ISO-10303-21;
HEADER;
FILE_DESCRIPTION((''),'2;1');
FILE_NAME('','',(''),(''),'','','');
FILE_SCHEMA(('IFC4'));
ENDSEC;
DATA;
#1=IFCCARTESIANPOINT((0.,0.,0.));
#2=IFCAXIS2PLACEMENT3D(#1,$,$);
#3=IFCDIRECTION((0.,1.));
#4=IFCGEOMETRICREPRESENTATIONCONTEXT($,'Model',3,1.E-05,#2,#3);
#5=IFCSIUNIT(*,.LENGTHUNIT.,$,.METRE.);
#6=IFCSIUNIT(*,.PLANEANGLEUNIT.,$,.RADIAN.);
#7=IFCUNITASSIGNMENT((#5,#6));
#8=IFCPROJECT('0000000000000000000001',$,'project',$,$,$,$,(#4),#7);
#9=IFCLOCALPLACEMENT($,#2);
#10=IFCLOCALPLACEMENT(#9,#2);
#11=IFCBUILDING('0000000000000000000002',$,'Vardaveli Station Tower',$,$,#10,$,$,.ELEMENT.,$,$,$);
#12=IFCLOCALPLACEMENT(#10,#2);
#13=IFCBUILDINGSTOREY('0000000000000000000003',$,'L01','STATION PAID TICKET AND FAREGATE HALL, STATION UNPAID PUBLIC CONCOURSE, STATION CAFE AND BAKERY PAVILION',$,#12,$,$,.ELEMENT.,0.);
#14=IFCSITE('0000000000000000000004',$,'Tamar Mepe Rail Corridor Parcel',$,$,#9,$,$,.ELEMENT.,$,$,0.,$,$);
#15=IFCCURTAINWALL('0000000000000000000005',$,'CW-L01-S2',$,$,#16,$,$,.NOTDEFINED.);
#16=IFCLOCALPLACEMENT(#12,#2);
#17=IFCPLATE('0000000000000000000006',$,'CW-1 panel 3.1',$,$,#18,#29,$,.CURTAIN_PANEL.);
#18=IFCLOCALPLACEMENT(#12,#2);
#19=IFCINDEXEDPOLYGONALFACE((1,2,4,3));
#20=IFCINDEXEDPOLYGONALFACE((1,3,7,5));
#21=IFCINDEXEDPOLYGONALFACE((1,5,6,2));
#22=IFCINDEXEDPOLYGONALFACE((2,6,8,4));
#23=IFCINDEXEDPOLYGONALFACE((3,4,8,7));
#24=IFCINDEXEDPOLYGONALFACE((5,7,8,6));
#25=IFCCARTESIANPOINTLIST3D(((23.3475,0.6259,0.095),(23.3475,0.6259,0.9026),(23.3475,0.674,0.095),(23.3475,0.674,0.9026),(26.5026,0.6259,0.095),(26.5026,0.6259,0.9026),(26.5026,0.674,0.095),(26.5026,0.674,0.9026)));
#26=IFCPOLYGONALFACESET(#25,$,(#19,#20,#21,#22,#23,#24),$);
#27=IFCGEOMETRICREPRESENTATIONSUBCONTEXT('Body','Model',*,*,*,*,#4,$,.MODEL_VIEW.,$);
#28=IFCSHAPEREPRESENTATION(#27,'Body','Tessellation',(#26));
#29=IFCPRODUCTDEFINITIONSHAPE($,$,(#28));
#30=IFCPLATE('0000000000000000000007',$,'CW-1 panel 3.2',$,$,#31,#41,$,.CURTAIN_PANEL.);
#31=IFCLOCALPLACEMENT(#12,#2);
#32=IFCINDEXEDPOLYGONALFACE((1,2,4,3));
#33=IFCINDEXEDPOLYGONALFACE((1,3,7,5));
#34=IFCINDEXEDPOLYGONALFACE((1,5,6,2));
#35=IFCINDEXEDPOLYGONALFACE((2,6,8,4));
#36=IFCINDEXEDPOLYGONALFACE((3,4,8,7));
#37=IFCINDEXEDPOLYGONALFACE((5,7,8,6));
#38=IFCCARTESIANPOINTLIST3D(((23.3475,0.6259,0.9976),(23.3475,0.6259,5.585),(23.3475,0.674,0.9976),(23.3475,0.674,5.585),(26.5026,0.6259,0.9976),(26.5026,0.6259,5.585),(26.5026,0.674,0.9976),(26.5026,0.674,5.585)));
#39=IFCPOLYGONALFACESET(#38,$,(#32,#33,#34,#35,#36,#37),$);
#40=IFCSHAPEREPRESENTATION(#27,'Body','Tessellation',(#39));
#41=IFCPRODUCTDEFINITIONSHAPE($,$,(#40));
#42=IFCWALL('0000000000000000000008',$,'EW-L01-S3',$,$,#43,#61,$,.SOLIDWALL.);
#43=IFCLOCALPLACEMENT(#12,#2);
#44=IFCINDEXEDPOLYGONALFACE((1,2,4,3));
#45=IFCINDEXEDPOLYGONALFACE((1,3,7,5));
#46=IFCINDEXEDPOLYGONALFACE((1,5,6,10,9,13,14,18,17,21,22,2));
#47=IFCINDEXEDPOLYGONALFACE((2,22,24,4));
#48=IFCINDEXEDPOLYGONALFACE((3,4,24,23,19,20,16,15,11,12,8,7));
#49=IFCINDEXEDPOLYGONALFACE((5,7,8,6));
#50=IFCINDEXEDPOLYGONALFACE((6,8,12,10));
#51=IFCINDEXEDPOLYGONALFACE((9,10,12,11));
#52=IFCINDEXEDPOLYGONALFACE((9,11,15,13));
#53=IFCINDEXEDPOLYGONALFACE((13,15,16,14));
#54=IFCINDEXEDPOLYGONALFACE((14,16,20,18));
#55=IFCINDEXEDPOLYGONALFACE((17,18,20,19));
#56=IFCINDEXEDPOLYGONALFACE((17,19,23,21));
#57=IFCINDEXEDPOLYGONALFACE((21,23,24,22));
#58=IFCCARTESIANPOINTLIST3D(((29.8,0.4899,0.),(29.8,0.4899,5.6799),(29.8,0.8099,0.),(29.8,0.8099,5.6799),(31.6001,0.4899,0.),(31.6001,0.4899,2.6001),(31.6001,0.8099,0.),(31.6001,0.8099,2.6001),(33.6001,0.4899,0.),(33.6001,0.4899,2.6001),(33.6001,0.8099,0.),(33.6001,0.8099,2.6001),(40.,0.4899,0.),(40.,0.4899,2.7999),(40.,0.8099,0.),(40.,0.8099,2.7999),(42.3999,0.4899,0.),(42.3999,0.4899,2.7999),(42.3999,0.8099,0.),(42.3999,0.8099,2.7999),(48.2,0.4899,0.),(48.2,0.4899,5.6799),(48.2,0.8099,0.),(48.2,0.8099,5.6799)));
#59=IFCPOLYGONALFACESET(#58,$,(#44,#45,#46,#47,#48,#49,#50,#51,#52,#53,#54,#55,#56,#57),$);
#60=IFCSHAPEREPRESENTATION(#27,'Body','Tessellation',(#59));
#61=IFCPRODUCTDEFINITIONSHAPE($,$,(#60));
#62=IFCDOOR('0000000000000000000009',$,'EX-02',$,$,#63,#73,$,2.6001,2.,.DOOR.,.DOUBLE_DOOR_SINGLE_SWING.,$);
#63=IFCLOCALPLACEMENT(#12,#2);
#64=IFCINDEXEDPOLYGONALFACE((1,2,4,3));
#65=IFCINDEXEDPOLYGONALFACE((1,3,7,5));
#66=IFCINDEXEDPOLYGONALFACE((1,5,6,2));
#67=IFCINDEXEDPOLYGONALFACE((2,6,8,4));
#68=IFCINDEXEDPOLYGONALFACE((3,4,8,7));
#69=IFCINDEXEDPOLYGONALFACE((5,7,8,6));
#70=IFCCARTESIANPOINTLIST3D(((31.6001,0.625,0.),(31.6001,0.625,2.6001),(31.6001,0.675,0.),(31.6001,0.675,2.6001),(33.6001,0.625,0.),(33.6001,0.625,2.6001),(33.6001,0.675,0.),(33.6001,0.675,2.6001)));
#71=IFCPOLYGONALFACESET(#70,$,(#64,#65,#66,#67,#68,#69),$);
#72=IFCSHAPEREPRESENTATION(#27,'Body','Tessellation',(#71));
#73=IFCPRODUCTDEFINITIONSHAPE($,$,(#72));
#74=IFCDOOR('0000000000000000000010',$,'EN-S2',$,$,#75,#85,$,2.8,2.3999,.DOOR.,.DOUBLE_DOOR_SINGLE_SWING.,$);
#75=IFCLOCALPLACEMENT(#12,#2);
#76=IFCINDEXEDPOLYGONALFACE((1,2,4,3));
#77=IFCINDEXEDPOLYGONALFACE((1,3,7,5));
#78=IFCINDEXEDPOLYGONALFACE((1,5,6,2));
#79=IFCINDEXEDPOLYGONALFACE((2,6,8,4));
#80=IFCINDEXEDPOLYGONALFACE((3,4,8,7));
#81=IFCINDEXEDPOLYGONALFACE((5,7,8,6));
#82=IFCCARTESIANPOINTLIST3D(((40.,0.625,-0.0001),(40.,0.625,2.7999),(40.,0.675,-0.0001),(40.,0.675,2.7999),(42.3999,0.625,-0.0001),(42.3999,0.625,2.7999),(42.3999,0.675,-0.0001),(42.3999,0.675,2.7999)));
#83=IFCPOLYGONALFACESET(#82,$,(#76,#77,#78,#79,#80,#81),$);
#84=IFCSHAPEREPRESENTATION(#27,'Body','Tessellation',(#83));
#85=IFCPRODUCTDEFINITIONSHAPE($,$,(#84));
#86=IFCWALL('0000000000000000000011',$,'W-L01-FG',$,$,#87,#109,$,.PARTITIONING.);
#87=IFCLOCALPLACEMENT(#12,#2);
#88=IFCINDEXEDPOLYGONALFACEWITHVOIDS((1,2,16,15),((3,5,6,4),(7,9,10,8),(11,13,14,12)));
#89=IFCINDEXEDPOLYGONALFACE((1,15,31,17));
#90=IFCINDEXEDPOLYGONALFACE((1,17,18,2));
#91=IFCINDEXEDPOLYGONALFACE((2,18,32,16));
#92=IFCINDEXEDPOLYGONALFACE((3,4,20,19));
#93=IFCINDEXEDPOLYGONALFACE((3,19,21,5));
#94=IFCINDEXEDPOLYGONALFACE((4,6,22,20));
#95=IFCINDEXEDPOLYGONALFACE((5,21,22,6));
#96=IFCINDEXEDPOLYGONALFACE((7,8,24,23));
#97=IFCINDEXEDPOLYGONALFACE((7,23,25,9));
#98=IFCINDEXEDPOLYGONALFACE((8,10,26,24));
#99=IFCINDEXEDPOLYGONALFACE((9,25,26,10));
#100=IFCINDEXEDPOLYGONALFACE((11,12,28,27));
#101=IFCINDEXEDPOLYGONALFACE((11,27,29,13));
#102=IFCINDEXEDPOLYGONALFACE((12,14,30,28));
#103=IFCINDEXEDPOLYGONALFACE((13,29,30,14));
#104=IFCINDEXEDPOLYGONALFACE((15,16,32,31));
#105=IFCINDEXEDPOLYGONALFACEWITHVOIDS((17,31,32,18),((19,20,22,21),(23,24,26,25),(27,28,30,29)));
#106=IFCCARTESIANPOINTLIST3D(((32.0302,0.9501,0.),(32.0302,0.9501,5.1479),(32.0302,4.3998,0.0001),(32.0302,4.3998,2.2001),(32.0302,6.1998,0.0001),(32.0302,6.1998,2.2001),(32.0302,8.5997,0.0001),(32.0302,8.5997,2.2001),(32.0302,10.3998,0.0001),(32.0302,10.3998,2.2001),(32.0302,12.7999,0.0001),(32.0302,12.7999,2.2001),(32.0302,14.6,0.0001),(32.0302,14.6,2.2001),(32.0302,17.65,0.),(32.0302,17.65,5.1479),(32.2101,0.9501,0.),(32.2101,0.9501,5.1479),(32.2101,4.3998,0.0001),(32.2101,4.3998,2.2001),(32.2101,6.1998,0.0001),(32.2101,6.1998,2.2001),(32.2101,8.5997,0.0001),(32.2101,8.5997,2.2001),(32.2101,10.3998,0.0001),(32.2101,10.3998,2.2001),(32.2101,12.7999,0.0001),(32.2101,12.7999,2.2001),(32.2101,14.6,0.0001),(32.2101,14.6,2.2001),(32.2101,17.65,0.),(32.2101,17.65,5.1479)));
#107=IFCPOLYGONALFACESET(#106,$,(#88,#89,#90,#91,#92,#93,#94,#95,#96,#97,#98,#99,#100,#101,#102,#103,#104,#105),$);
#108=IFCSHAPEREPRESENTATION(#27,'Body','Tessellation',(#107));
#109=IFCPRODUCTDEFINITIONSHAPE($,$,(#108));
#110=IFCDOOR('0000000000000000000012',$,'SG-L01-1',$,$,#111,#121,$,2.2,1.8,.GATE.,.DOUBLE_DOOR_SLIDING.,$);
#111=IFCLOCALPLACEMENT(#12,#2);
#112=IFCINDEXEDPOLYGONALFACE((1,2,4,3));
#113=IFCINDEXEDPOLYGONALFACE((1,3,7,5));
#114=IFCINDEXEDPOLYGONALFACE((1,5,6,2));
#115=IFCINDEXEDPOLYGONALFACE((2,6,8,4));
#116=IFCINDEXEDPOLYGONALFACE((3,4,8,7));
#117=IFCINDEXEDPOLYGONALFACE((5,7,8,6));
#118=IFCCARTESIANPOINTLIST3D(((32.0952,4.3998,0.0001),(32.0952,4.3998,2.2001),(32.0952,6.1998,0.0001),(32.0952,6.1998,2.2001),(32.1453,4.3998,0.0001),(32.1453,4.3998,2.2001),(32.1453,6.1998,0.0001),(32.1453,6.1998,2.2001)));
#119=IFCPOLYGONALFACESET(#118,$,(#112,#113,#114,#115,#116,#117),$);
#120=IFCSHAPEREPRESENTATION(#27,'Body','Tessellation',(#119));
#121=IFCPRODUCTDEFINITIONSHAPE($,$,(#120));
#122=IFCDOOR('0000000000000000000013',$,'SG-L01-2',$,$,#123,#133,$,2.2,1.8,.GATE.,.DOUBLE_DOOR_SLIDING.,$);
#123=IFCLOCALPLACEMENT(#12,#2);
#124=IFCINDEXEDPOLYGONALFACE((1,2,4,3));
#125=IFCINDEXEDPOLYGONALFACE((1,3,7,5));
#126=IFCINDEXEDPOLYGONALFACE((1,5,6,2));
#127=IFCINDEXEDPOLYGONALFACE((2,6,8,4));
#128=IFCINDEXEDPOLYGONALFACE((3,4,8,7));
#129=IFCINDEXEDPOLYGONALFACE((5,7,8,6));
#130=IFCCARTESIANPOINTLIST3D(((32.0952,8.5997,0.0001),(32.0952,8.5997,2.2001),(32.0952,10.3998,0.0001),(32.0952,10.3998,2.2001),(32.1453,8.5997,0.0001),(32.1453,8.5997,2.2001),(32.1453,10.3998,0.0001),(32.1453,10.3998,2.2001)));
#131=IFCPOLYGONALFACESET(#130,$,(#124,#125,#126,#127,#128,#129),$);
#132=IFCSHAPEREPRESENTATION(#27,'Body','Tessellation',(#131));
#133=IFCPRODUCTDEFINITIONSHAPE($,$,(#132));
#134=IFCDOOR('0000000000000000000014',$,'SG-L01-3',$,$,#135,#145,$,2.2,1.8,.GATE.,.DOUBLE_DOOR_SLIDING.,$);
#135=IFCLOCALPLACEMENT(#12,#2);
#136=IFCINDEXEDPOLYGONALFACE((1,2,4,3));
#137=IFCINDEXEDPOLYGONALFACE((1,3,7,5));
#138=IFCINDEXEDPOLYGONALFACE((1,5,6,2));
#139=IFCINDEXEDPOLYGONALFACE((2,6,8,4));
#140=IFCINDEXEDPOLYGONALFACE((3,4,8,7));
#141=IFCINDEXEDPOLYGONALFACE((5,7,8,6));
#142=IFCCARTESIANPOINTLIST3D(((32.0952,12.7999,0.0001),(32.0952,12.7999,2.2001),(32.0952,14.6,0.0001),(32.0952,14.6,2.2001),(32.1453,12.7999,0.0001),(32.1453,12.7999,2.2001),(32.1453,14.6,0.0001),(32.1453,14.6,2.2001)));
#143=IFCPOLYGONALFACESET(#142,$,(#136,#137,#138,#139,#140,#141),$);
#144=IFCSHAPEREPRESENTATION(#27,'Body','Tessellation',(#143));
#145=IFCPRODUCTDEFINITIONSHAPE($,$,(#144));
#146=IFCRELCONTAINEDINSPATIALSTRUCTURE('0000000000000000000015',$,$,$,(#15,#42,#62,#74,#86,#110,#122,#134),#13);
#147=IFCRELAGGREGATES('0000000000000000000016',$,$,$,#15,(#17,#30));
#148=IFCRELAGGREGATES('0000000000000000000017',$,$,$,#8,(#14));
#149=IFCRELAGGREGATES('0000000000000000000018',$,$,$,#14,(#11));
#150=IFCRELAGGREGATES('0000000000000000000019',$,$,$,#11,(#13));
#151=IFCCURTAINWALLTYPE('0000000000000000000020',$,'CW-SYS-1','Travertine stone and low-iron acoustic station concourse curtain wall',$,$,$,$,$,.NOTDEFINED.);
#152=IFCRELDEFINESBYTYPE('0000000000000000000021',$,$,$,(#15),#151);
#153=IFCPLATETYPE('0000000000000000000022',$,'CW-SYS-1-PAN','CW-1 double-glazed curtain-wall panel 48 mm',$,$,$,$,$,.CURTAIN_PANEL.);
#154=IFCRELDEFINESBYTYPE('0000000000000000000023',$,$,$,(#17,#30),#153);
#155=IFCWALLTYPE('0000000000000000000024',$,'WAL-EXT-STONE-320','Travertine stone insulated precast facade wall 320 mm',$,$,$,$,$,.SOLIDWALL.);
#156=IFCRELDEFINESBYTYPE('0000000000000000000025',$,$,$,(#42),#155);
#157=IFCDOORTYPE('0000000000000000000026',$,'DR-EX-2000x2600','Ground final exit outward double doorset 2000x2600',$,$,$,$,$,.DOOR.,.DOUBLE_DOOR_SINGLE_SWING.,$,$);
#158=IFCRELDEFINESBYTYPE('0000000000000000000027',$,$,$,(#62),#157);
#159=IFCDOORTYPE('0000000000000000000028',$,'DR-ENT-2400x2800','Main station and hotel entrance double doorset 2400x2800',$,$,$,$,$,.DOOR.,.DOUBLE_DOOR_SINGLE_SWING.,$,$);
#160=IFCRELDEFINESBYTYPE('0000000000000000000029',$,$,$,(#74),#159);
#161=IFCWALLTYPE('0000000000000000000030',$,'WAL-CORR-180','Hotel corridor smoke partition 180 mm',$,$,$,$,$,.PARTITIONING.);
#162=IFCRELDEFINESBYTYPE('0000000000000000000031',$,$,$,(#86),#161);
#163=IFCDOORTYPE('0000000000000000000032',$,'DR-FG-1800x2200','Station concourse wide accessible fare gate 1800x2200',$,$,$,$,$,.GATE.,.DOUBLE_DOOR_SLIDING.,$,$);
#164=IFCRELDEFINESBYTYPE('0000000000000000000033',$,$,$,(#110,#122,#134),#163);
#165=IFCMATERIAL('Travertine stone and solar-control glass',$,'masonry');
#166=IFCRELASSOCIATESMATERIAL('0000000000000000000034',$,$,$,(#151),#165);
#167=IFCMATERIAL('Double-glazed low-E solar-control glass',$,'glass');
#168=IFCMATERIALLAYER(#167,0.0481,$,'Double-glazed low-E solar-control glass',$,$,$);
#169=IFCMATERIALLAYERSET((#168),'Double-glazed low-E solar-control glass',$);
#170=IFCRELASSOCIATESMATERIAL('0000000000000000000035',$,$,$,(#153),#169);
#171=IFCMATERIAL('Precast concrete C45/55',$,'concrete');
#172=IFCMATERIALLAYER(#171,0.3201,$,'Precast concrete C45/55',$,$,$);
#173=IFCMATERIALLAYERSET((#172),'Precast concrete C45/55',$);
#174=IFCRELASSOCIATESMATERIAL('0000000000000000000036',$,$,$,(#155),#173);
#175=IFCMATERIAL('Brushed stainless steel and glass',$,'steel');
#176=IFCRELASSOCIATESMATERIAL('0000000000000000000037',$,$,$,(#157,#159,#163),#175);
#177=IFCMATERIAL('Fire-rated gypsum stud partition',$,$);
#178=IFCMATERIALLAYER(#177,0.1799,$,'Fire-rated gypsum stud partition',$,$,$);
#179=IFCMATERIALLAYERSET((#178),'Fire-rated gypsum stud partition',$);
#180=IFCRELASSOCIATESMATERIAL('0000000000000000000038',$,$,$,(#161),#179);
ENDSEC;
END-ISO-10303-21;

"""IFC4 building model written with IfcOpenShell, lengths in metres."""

from ifc_helpers import new_model, si_unit, direction, frame, frame_2d, origin, origin_2d, place, context, subcontext, project, spatial, rectangle, extrude, source, transform, mapped, material, layer, layer_set, type_object, element, fill, aggregate, save


model = new_model("IFC4")

# Units and contexts
model_context = context("Model", 3, precision=1e-05, world=origin(), true_north=direction((0.0, 1.0)))
body_context = subcontext(model_context, "Body", "Model", "MODEL_VIEW")
ifc_project = project(units=[si_unit("LENGTHUNIT", "METRE"), si_unit("PLANEANGLEUNIT", "RADIAN")], contexts=[model_context])

# Site, building, storey
site_placement = place(None, origin())
site = spatial("IfcSite", under=ifc_project, at=site_placement, Name="Tamar Mepe Rail Corridor Parcel", CompositionType="ELEMENT", RefElevation=0.0)
building_placement = place(site_placement, origin())
building = spatial("IfcBuilding", under=site, at=building_placement, Name="Vardaveli Station Tower", CompositionType="ELEMENT")
storey_placement = place(building_placement, origin())
storey = spatial("IfcBuildingStorey", under=building, at=storey_placement, Name="L01", Description="STATION PAID TICKET AND FAREGATE HALL, STATION UNPAID PUBLIC CONCOURSE, STATION CAFE AND BAKERY PAVILION", CompositionType="ELEMENT", Elevation=0.0)

# Curtain wall, plates
ifc_material_1 = material(Name="Travertine stone and solar-control glass", Category="masonry")
curtain_wall_type = type_object("IfcCurtainWallType", Name="CW-SYS-1", Description="Travertine stone and low-iron acoustic station concourse curtain wall", PredefinedType="NOTDEFINED", material=ifc_material_1)
curtain_wall_placement = place(storey_placement, origin())
curtain_wall = element("IfcCurtainWall", 1, at=curtain_wall_placement, inside=storey, type_object=curtain_wall_type, Name="CW-L01-S2", PredefinedType="NOTDEFINED")
ifc_material_2 = material(Name="Double-glazed low-E solar-control glass", Category="glass")
ifc_layer_1 = layer(ifc_material_2, 0.0481, Name="Double-glazed low-E solar-control glass")
ifc_layer_set_1 = layer_set([ifc_layer_1], Name="Double-glazed low-E solar-control glass")
plate_type = type_object("IfcPlateType", Name="CW-SYS-1-PAN", Description="CW-1 double-glazed curtain-wall panel 48 mm", PredefinedType="CURTAIN_PANEL", material=ifc_layer_set_1)
shared_shape_1 = source(origin(), body_context, "Body", "SweptSolid", [
    extrude(rectangle(XDim=3.155, YDim=0.0481, at=origin_2d()), origin(), (0.0, 0.0, 1.0), 0.8076),
])
plate_1_placement = place(storey_placement, frame((24.925, 0.6499, 0.095), z_axis=(0.0, 0.0, 1.0), x_axis=(1.0, 0.0, 0.0)))
plate_1 = element("IfcPlate", 2, at=plate_1_placement, type_object=plate_type, Name="CW-1 panel 3.1", PredefinedType="CURTAIN_PANEL", context=body_context, shape_type="MappedRepresentation", body=[
    mapped(shared_shape_1, transform((0.0, 0.0, 0.0), scale=1.0)),
])
shared_shape_2 = source(origin(), body_context, "Body", "SweptSolid", [
    extrude(rectangle(XDim=3.155, YDim=0.0481, at=origin_2d()), origin(), (0.0, 0.0, 1.0), 4.5874),
])
plate_2_placement = place(storey_placement, frame((24.925, 0.6499, 0.9976), z_axis=(0.0, 0.0, 1.0), x_axis=(1.0, 0.0, 0.0)))
plate_2 = element("IfcPlate", 3, at=plate_2_placement, type_object=plate_type, Name="CW-1 panel 3.2", PredefinedType="CURTAIN_PANEL", context=body_context, shape_type="MappedRepresentation", body=[
    mapped(shared_shape_2, transform((0.0, 0.0, 0.0), scale=1.0)),
])
aggregate(curtain_wall, [plate_1, plate_2])

# Walls, openings, doors
ifc_material_3 = material(Name="Precast concrete C45/55", Category="concrete")
ifc_layer_2 = layer(ifc_material_3, 0.3201, Name="Precast concrete C45/55")
ifc_layer_set_2 = layer_set([ifc_layer_2], Name="Precast concrete C45/55")
wall_type_1 = type_object("IfcWallType", Name="WAL-EXT-STONE-320", Description="Travertine stone insulated precast facade wall 320 mm", PredefinedType="SOLIDWALL", material=ifc_layer_set_2)
shared_shape_3 = source(origin(), body_context, "Body", "SweptSolid", [
    extrude(rectangle(XDim=18.3999, YDim=0.3201, at=frame_2d((9.2, 0.0))), origin(), (0.0, 0.0, 1.0), 5.6799),
])
wall_1_placement = place(storey_placement, frame((29.8, 0.6499, 0.0), z_axis=(0.0, 0.0, 1.0), x_axis=(1.0, 0.0, 0.0)))
wall_1 = element("IfcWall", 4, at=wall_1_placement, inside=storey, type_object=wall_type_1, Name="EW-L01-S3", PredefinedType="SOLIDWALL", context=body_context, shape_type="MappedRepresentation", body=[
    mapped(shared_shape_3, transform((0.0, 0.0, 0.0), scale=1.0)),
])
shared_shape_4 = source(origin(), body_context, "Body", "SweptSolid", [
    extrude(rectangle(XDim=2.0, YDim=2.6001, at=frame_2d((1.0, 1.3))), frame((0.0, 0.1699, 0.0), z_axis=(0.0, -1.0, 0.0), x_axis=(1.0, 0.0, 0.0)), (0.0, 0.0, 1.0), 0.3401),
])
opening_1_placement = place(wall_1_placement, frame((1.8, 0.0, 0.0)))
opening_1 = element("IfcOpeningElement", 5, at=opening_1_placement, cuts=wall_1, PredefinedType="OPENING", context=body_context, shape_type="MappedRepresentation", body=[
    mapped(shared_shape_4, transform((0.0, 0.0, 0.0), scale=1.0)),
])
shared_shape_5 = source(origin(), body_context, "Body", "SweptSolid", [
    extrude(rectangle(XDim=2.3999, YDim=2.8, at=frame_2d((1.2, 1.3999))), frame((0.0, 0.1699, 0.0), z_axis=(0.0, -1.0, 0.0), x_axis=(1.0, 0.0, 0.0)), (0.0, 0.0, 1.0), 0.3401),
])
opening_2_placement = place(wall_1_placement, frame((10.2, 0.0, 0.0)))
opening_2 = element("IfcOpeningElement", 6, at=opening_2_placement, cuts=wall_1, PredefinedType="OPENING", context=body_context, shape_type="MappedRepresentation", body=[
    mapped(shared_shape_5, transform((0.0, 0.0, 0.0), scale=1.0)),
])
ifc_material_4 = material(Name="Brushed stainless steel and glass", Category="steel")
door_type_1 = type_object("IfcDoorType", Name="DR-EX-2000x2600", Description="Ground final exit outward double doorset 2000x2600", OperationType="DOUBLE_DOOR_SINGLE_SWING", PredefinedType="DOOR", material=ifc_material_4)
shared_shape_6 = source(origin(), body_context, "Body", "SweptSolid", [
    extrude(rectangle(XDim=2.0, YDim=2.6001, at=frame_2d((1.0, 1.3))), frame((0.0, 0.0249, 0.0), z_axis=(0.0, -1.0, 0.0), x_axis=(1.0, 0.0, 0.0)), (0.0, 0.0, 1.0), 0.05),
])
door_1_placement = place(opening_1_placement, frame((2.0, 0.0, 0.0), z_axis=(0.0, 0.0, 1.0), x_axis=(-1.0, 0.0, 0.0)))
door_1 = element("IfcDoor", 7, at=door_1_placement, inside=storey, type_object=door_type_1, Name="EX-02", OperationType="DOUBLE_DOOR_SINGLE_SWING", OverallHeight=2.6001, OverallWidth=2.0, PredefinedType="DOOR", context=body_context, shape_type="MappedRepresentation", body=[
    mapped(shared_shape_6, transform((0.0, 0.0, 0.0), scale=1.0)),
])
fill(opening_1, door_1)
door_type_2 = type_object("IfcDoorType", Name="DR-ENT-2400x2800", Description="Main station and hotel entrance double doorset 2400x2800", OperationType="DOUBLE_DOOR_SINGLE_SWING", PredefinedType="DOOR", material=ifc_material_4)
shared_shape_7 = source(origin(), body_context, "Body", "SweptSolid", [
    extrude(rectangle(XDim=2.3999, YDim=2.8, at=frame_2d((1.2, 1.3999))), frame((0.0, 0.0249, 0.0), z_axis=(0.0, -1.0, 0.0), x_axis=(1.0, 0.0, 0.0)), (0.0, 0.0, 1.0), 0.05),
])
door_2_placement = place(opening_2_placement, frame((2.3999, 0.0, 0.0), z_axis=(0.0, 0.0, 1.0), x_axis=(-1.0, 0.0, 0.0)))
door_2 = element("IfcDoor", 8, at=door_2_placement, inside=storey, type_object=door_type_2, Name="EN-S2", OperationType="DOUBLE_DOOR_SINGLE_SWING", OverallHeight=2.8, OverallWidth=2.3999, PredefinedType="DOOR", context=body_context, shape_type="MappedRepresentation", body=[
    mapped(shared_shape_7, transform((0.0, 0.0, 0.0), scale=1.0)),
])
fill(opening_2, door_2)
ifc_material_5 = material(Name="Fire-rated gypsum stud partition")
ifc_layer_3 = layer(ifc_material_5, 0.1799, Name="Fire-rated gypsum stud partition")
ifc_layer_set_3 = layer_set([ifc_layer_3], Name="Fire-rated gypsum stud partition")
wall_type_2 = type_object("IfcWallType", Name="WAL-CORR-180", Description="Hotel corridor smoke partition 180 mm", PredefinedType="PARTITIONING", material=ifc_layer_set_3)
shared_shape_8 = source(origin(), body_context, "Body", "SweptSolid", [
    extrude(rectangle(XDim=16.7, YDim=0.1799, at=frame_2d((8.3501, 0.0))), origin(), (0.0, 0.0, 1.0), 5.1479),
])
wall_2_placement = place(storey_placement, frame((32.1201, 0.95, 0.0), z_axis=(0.0, 0.0, 1.0), x_axis=(0.0, 1.0, 0.0)))
wall_2 = element("IfcWall", 9, at=wall_2_placement, inside=storey, type_object=wall_type_2, Name="W-L01-FG", PredefinedType="PARTITIONING", context=body_context, shape_type="MappedRepresentation", body=[
    mapped(shared_shape_8, transform((0.0, 0.0, 0.0), scale=1.0)),
])
shared_shape_9 = source(origin(), body_context, "Body", "SweptSolid", [
    extrude(rectangle(XDim=1.8, YDim=2.2, at=frame_2d((0.8999, 1.1001))), frame((0.0, 0.1001, 0.0), z_axis=(0.0, -1.0, 0.0), x_axis=(1.0, 0.0, 0.0)), (0.0, 0.0, 1.0), 0.2),
])
opening_3_placement = place(wall_2_placement, frame((3.45, 0.0, 0.0)))
opening_3 = element("IfcOpeningElement", 10, at=opening_3_placement, cuts=wall_2, PredefinedType="OPENING", context=body_context, shape_type="MappedRepresentation", body=[
    mapped(shared_shape_9, transform((0.0, 0.0, 0.0), scale=1.0)),
])
opening_4_placement = place(wall_2_placement, frame((7.6499, 0.0, 0.0)))
opening_4 = element("IfcOpeningElement", 11, at=opening_4_placement, cuts=wall_2, PredefinedType="OPENING", context=body_context, shape_type="MappedRepresentation", body=[
    mapped(shared_shape_9, transform((0.0, 0.0, 0.0), scale=1.0)),
])
opening_5_placement = place(wall_2_placement, frame((11.8501, 0.0, 0.0)))
opening_5 = element("IfcOpeningElement", 12, at=opening_5_placement, cuts=wall_2, PredefinedType="OPENING", context=body_context, shape_type="MappedRepresentation", body=[
    mapped(shared_shape_9, transform((0.0, 0.0, 0.0), scale=1.0)),
])
door_type_3 = type_object("IfcDoorType", Name="DR-FG-1800x2200", Description="Station concourse wide accessible fare gate 1800x2200", OperationType="DOUBLE_DOOR_SLIDING", PredefinedType="GATE", material=ifc_material_4)
shared_shape_10 = source(origin(), body_context, "Body", "SweptSolid", [
    extrude(rectangle(XDim=1.8, YDim=2.2, at=frame_2d((0.8999, 1.1001))), frame((0.0, 0.0249, 0.0), z_axis=(0.0, -1.0, 0.0), x_axis=(1.0, 0.0, 0.0)), (0.0, 0.0, 1.0), 0.05),
])
door_3_placement = place(opening_3_placement, origin())
door_3 = element("IfcDoor", 13, at=door_3_placement, inside=storey, type_object=door_type_3, Name="SG-L01-1", OperationType="DOUBLE_DOOR_SLIDING", OverallHeight=2.2, OverallWidth=1.8, PredefinedType="GATE", context=body_context, shape_type="MappedRepresentation", body=[
    mapped(shared_shape_10, transform((0.0, 0.0, 0.0), scale=1.0)),
])
fill(opening_3, door_3)
door_4_placement = place(opening_4_placement, origin())
door_4 = element("IfcDoor", 14, at=door_4_placement, inside=storey, type_object=door_type_3, Name="SG-L01-2", OperationType="DOUBLE_DOOR_SLIDING", OverallHeight=2.2, OverallWidth=1.8, PredefinedType="GATE", context=body_context, shape_type="MappedRepresentation", body=[
    mapped(shared_shape_10, transform((0.0, 0.0, 0.0), scale=1.0)),
])
fill(opening_4, door_4)
door_5_placement = place(opening_5_placement, origin())
door_5 = element("IfcDoor", 15, at=door_5_placement, inside=storey, type_object=door_type_3, Name="SG-L01-3", OperationType="DOUBLE_DOOR_SLIDING", OverallHeight=2.2, OverallWidth=1.8, PredefinedType="GATE", context=body_context, shape_type="MappedRepresentation", body=[
    mapped(shared_shape_10, transform((0.0, 0.0, 0.0), scale=1.0)),
])
fill(opening_5, door_5)

save(model, "model.ifc")
